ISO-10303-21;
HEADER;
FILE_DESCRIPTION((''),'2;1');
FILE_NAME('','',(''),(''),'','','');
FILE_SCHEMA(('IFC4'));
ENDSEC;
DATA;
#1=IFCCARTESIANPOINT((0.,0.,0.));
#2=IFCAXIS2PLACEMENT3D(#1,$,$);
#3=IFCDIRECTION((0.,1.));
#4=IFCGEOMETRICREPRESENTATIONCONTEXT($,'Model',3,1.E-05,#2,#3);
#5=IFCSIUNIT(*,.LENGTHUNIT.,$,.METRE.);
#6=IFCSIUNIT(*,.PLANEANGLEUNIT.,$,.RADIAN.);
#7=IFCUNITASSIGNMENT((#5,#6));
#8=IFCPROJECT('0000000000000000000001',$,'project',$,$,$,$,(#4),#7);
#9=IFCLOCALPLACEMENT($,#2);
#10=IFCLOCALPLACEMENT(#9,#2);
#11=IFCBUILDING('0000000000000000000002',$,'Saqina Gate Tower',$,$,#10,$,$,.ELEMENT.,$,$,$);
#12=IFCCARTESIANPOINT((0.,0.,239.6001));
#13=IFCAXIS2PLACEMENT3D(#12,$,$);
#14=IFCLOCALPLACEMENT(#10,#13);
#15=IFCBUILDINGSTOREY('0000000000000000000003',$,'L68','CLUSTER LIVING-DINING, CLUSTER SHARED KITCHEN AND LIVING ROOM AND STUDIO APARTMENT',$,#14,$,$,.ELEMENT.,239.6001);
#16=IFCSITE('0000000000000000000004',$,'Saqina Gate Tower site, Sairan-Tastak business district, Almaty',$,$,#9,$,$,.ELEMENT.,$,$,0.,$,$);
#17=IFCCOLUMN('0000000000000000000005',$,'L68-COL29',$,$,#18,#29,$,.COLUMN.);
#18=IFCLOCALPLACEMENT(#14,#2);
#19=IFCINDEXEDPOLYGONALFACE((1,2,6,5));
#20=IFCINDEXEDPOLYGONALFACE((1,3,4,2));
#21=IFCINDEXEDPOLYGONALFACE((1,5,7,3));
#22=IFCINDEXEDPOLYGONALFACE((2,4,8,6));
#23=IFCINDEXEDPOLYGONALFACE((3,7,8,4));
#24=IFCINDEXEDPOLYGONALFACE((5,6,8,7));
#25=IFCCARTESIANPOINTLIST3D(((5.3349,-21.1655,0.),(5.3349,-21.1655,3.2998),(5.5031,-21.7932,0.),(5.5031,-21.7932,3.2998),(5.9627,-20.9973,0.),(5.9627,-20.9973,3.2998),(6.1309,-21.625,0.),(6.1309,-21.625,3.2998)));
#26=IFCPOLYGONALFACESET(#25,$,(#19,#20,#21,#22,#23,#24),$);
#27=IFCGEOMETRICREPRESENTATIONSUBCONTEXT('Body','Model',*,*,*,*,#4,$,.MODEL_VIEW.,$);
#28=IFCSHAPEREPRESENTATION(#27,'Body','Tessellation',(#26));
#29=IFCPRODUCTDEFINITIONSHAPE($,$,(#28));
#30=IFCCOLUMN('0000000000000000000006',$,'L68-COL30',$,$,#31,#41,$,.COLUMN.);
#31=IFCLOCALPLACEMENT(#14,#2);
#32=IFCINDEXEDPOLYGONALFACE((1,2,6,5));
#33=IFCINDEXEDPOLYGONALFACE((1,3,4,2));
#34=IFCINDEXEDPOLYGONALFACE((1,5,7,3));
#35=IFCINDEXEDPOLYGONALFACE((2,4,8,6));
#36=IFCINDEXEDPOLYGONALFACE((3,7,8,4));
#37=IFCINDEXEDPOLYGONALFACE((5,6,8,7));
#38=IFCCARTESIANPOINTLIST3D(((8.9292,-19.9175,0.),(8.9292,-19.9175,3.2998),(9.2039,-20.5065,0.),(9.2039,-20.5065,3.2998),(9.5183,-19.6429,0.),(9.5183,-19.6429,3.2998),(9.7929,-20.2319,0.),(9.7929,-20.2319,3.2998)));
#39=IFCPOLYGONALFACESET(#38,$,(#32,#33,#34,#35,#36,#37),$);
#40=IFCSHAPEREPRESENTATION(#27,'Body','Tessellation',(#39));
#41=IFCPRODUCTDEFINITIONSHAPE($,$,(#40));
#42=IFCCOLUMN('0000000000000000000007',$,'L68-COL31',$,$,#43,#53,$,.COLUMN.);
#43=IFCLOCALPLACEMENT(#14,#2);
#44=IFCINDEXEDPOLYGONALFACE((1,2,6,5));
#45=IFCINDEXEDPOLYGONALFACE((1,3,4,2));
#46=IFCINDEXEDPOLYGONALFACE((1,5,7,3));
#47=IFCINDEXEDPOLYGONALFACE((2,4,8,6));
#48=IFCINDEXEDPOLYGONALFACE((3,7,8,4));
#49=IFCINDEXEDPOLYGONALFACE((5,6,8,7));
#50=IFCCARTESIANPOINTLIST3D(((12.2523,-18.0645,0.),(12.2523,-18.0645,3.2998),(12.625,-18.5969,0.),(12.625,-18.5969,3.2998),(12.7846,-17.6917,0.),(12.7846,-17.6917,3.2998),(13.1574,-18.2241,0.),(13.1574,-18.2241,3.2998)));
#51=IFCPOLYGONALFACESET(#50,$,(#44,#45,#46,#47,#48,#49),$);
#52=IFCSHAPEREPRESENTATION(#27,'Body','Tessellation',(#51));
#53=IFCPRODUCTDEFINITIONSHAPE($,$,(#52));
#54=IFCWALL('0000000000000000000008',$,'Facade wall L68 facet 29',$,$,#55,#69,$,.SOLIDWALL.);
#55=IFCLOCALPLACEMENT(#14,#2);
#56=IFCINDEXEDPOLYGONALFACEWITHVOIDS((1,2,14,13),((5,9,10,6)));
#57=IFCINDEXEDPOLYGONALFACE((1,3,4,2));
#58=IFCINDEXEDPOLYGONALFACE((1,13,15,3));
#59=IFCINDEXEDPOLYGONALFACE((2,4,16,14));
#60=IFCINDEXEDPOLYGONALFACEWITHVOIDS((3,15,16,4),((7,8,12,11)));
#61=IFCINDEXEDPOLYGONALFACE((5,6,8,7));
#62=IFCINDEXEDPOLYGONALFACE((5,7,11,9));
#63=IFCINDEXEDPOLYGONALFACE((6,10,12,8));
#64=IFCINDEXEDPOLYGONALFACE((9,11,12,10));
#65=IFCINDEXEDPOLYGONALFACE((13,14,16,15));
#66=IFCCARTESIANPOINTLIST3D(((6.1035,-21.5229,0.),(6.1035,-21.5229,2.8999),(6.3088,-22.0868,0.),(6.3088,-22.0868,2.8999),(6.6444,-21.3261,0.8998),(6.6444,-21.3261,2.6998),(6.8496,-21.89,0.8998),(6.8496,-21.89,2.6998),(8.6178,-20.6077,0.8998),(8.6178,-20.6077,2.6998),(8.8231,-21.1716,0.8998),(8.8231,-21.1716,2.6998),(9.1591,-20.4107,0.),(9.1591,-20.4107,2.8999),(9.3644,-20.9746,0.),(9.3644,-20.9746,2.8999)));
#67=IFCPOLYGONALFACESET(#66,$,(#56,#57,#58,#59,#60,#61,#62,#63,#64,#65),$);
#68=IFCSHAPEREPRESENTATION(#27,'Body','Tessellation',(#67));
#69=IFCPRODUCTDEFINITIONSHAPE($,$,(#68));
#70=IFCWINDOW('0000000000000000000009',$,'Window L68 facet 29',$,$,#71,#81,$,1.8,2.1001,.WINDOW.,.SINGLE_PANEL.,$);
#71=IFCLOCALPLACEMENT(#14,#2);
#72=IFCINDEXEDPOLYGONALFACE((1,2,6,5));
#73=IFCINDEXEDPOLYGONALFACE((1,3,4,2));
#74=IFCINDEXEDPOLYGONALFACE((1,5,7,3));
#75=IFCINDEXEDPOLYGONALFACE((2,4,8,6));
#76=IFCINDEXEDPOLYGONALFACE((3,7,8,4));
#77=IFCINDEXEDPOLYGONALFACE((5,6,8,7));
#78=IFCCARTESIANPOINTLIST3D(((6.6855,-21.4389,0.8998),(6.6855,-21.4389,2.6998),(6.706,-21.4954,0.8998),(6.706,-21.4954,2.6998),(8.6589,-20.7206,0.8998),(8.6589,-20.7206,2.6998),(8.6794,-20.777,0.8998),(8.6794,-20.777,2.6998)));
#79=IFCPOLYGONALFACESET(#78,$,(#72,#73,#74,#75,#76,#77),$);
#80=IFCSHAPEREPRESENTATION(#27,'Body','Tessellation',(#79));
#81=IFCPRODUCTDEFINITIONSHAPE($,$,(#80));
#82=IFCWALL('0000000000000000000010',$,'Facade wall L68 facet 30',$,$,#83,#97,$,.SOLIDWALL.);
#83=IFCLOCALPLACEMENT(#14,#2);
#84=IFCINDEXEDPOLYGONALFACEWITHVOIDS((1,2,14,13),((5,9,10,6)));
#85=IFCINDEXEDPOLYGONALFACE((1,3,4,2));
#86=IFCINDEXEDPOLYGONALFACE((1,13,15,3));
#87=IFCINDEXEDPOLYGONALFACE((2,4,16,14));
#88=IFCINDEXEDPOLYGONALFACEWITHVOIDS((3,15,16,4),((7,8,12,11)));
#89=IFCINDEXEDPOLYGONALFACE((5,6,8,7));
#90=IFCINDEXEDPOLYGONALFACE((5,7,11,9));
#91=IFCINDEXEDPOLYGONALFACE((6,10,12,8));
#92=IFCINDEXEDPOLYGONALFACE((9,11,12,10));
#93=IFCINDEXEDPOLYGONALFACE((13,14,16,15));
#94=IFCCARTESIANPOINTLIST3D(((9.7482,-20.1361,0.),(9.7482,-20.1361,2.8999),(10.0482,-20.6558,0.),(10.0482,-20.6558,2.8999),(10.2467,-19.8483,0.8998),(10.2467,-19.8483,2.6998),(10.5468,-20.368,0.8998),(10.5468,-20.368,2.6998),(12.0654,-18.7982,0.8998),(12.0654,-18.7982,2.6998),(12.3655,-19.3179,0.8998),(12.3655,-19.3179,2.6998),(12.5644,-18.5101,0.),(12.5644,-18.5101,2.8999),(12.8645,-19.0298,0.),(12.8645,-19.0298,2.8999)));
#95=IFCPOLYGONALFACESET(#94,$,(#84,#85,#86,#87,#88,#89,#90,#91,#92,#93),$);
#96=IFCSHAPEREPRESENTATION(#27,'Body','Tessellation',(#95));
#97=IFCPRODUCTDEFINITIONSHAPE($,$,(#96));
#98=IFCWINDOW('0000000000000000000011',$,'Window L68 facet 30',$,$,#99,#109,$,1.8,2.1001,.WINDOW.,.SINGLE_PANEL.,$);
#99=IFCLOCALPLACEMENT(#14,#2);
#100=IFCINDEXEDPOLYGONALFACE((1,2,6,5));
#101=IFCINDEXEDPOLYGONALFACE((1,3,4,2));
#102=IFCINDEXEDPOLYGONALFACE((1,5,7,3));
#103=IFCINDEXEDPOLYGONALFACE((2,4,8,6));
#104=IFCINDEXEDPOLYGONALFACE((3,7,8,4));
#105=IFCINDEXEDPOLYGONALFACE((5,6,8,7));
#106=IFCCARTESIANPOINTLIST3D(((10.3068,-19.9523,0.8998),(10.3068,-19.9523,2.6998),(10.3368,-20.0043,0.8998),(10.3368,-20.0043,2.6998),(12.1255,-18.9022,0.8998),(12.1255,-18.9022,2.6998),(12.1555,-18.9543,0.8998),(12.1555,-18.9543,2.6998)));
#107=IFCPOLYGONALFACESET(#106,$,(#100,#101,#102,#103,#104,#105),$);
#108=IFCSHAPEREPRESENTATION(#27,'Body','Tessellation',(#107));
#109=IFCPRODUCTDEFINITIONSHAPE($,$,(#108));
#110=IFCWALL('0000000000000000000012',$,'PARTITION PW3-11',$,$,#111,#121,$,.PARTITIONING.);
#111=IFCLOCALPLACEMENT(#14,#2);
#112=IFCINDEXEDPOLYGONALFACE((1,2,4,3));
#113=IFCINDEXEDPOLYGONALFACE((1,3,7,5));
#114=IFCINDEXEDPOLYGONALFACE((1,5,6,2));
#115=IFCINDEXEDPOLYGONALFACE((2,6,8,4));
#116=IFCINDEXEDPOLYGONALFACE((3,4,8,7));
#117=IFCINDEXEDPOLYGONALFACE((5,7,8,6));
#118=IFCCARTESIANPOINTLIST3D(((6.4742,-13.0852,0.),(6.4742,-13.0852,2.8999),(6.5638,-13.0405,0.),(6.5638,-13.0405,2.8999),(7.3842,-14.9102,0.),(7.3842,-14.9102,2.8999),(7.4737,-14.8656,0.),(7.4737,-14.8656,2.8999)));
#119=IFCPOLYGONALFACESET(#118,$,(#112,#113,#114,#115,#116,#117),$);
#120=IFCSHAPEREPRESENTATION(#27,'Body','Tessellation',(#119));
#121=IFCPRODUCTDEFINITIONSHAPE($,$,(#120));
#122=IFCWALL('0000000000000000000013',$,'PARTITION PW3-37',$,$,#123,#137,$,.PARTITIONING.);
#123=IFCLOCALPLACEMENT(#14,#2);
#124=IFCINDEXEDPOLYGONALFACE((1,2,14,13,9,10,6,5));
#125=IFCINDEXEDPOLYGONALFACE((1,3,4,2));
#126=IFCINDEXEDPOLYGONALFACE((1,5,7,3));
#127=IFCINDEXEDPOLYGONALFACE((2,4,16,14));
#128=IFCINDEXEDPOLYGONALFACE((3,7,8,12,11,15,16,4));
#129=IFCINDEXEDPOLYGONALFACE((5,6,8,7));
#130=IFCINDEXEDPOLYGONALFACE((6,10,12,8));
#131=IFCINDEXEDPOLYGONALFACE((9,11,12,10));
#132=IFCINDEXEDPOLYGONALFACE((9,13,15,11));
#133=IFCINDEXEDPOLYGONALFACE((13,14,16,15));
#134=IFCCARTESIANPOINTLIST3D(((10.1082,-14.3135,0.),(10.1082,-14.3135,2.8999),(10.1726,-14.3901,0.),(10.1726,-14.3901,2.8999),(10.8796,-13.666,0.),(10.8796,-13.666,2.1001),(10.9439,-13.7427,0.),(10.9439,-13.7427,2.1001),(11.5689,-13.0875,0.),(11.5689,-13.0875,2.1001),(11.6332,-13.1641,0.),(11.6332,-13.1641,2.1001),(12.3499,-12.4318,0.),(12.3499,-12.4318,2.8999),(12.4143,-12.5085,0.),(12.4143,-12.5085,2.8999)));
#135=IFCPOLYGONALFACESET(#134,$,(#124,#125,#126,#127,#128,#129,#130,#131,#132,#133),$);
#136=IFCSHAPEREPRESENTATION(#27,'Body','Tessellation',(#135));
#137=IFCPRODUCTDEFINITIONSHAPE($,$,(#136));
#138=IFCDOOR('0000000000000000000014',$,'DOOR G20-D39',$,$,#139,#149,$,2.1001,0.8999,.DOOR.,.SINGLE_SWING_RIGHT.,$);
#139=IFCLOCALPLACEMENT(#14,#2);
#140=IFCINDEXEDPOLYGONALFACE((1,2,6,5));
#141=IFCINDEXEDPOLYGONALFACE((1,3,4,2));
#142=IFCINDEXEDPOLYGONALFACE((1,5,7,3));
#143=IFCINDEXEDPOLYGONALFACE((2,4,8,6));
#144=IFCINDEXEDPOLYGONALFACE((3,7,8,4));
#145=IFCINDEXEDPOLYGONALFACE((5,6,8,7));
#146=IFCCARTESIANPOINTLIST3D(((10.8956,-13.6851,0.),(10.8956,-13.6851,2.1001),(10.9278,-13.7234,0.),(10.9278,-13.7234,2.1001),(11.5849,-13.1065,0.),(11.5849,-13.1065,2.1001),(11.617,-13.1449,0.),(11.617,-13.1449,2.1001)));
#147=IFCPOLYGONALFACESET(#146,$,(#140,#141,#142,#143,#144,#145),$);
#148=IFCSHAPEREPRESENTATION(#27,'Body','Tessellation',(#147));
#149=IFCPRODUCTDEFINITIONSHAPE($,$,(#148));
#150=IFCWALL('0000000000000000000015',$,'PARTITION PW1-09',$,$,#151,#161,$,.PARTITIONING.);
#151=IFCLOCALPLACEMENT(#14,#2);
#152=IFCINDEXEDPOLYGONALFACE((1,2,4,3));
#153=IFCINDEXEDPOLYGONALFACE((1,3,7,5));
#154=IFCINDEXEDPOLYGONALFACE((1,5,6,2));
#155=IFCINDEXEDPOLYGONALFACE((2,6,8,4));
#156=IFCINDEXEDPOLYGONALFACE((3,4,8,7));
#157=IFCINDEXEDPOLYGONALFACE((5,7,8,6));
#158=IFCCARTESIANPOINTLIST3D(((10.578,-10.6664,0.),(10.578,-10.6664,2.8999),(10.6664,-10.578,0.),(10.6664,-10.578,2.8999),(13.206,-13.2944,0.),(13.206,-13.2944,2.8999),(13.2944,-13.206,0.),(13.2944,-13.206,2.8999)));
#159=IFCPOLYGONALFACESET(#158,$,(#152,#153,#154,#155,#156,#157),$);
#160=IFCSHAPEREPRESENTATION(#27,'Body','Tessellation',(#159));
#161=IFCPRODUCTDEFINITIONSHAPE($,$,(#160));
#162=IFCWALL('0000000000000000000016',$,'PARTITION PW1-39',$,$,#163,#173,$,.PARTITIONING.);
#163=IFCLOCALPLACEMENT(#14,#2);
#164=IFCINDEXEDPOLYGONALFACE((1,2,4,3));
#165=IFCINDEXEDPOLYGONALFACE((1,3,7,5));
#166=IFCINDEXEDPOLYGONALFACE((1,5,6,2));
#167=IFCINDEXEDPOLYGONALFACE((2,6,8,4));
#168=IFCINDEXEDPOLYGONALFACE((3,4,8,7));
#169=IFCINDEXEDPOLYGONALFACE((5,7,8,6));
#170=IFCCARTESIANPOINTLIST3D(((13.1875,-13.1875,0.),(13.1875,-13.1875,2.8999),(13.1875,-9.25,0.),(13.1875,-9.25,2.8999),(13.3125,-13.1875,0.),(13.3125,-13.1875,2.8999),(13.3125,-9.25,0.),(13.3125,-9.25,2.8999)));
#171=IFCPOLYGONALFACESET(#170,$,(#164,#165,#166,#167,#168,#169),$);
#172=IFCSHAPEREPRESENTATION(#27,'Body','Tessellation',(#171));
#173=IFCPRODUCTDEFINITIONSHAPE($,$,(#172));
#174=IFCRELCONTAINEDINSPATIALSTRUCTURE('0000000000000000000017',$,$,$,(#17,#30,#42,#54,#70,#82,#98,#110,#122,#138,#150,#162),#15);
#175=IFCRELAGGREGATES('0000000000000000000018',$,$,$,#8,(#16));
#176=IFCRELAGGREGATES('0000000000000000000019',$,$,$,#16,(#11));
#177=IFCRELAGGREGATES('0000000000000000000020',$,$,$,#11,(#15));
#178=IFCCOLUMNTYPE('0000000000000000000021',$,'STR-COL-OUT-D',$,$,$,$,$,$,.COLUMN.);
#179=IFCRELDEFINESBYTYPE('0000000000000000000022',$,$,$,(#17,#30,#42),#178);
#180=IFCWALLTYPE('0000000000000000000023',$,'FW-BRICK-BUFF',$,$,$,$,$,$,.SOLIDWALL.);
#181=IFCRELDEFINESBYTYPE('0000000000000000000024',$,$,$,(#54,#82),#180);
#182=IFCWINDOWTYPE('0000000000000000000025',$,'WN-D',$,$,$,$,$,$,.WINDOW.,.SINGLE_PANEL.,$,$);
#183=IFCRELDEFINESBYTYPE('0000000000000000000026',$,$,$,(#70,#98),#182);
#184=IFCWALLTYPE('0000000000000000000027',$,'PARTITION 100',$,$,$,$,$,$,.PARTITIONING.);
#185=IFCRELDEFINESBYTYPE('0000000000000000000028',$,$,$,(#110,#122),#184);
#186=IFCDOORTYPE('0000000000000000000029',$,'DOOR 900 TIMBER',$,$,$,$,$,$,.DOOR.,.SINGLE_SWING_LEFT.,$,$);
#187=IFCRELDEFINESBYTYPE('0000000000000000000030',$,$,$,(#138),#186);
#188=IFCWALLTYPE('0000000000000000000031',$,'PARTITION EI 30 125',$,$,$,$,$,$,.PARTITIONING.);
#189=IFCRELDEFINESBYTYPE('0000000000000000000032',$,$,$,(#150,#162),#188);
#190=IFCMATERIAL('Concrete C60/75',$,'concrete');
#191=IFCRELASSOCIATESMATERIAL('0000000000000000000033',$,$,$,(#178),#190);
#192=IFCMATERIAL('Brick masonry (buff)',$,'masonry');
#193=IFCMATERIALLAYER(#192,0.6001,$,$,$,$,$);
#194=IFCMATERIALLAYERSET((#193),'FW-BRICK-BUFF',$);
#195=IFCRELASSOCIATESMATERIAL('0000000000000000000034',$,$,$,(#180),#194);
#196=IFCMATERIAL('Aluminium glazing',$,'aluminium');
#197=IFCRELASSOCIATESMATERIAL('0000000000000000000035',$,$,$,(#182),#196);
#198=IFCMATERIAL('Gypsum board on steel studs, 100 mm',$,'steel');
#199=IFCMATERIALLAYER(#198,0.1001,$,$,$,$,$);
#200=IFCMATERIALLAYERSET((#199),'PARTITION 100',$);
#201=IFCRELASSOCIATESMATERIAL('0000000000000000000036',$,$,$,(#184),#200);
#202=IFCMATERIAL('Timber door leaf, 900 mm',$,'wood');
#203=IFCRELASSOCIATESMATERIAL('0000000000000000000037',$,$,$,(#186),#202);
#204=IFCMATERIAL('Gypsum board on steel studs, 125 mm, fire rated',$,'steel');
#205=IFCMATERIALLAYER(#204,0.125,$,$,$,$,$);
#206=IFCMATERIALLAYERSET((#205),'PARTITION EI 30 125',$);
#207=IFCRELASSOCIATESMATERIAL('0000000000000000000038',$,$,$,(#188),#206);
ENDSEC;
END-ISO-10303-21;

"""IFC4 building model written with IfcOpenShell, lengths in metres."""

from ifc_helpers import new_model, si_unit, direction, frame, frame_2d, origin, origin_2d, place, context, subcontext, project, spatial, rectangle, extrude, material, layer, layer_set, material_profile, profile_set, type_object, element, fill, save


model = new_model("IFC4")

# Units and contexts
model_context = context("Model", 3, precision=1e-05, world=origin(), true_north=direction((0.0, 1.0)))
body_context = subcontext(model_context, "Body", "Model", "MODEL_VIEW")
ifc_project = project(units=[si_unit("LENGTHUNIT", "METRE"), si_unit("PLANEANGLEUNIT", "RADIAN")], contexts=[model_context])

# Site, building, storey
site_placement = place(None, origin())
site = spatial("IfcSite", under=ifc_project, at=site_placement, Name="Saqina Gate Tower site, Sairan-Tastak business district, Almaty", CompositionType="ELEMENT", RefElevation=0.0)
building_placement = place(site_placement, origin())
building = spatial("IfcBuilding", under=site, at=building_placement, Name="Saqina Gate Tower", CompositionType="ELEMENT")
storey_placement = place(building_placement, frame((0.0, 0.0, 239.6001)))
storey = spatial("IfcBuildingStorey", under=building, at=storey_placement, Name="L68", Description="CLUSTER LIVING-DINING, CLUSTER SHARED KITCHEN AND LIVING ROOM AND STUDIO APARTMENT", CompositionType="ELEMENT", Elevation=239.6001)

# Columns
ifc_material_1 = material(Name="Concrete C60/75", Category="concrete")
ifc_material_profile = material_profile(ifc_material_1, rectangle(XDim=0.6499, YDim=0.6499, at=origin_2d()), Name="RC 650x650")
ifc_profile_set = profile_set([ifc_material_profile], Name="Concrete C60/75")
column_type = type_object("IfcColumnType", Name="STR-COL-OUT-D", PredefinedType="COLUMN", material=ifc_profile_set)
for number, where, z_axis, x_axis, name in (
    (1, (5.7329, -21.3953, 0.0), (0.0, 0.0, 1.0), (0.258819, -0.965926, 0.0), "L68-COL29"),
    (2, (9.3611, -20.0747, 0.0), (0.0, 0.0, 1.0), (0.422618, -0.906308, 0.0), "L68-COL30"),
    (3, (12.7048, -18.1443, 0.0), (0.0, 0.0, 1.0), (0.573576, -0.819152, 0.0), "L68-COL31"),
):
    element("IfcColumn", number, at=place(storey_placement, frame(where, z_axis=z_axis, x_axis=x_axis)), inside=storey, type_object=column_type, Name=name, PredefinedType="COLUMN", context=body_context, shape_type="SweptSolid", body=[
        extrude(rectangle(XDim=0.6499, YDim=0.6499, at=origin_2d()), origin(), (0.0, 0.0, 1.0), 3.2998),
    ])

# Walls, openings, windows
ifc_material_2 = material(Name="Brick masonry (buff)", Category="masonry")
ifc_layer_1 = layer(ifc_material_2, 0.6001)
ifc_layer_set_1 = layer_set([ifc_layer_1], Name="FW-BRICK-BUFF")
wall_type_1 = type_object("IfcWallType", Name="FW-BRICK-BUFF", PredefinedType="SOLIDWALL", material=ifc_layer_set_1)
wall_1_placement = place(storey_placement, frame((6.2061, -21.8049, 0.0), z_axis=(0.0, 0.0, 1.0), x_axis=(0.939679, 0.342057, 0.0)))
wall_1 = element("IfcWall", 4, at=wall_1_placement, inside=storey, type_object=wall_type_1, Name="Facade wall L68 facet 29", PredefinedType="SOLIDWALL", context=body_context, shape_type="SweptSolid", body=[
    extrude(rectangle(XDim=3.2517, YDim=0.6001, at=frame_2d((1.626, 0.0))), origin(), (0.0, 0.0, 1.0), 2.8999),
])
opening_1_placement = place(wall_1_placement, frame((0.5757, 0.0, 0.8999)))
opening_1 = element("IfcOpeningElement", 5, at=opening_1_placement, cuts=wall_1, PredefinedType="OPENING", context=body_context, shape_type="SweptSolid", body=[
    extrude(rectangle(XDim=2.1001, YDim=1.8, at=frame_2d((1.05, 0.8999))), frame((0.0, 0.312, 0.0), z_axis=(0.0, -1.0, 0.0), x_axis=(1.0, 0.0, 0.0)), (0.0, 0.0, 1.0), 0.624),
])
ifc_material_3 = material(Name="Aluminium glazing", Category="aluminium")
window_type = type_object("IfcWindowType", Name="WN-D", PartitioningType="SINGLE_PANEL", PredefinedType="WINDOW", material=ifc_material_3)
window_1_placement = place(opening_1_placement, origin())
window_1 = element("IfcWindow", 6, at=window_1_placement, inside=storey, type_object=window_type, Name="Window L68 facet 29", OverallHeight=1.8, OverallWidth=2.1001, PartitioningType="SINGLE_PANEL", PredefinedType="WINDOW", context=body_context, shape_type="SweptSolid", body=[
    extrude(rectangle(XDim=2.1001, YDim=1.8, at=frame_2d((1.05, 0.8999))), frame((0.0, 0.1799, 0.0), z_axis=(0.0, -1.0, 0.0), x_axis=(1.0, 0.0, 0.0)), (0.0, 0.0, 1.0), 0.0601),
])
fill(opening_1, window_1)
wall_2_placement = place(storey_placement, frame((9.8982, -20.396, 0.0), z_axis=(0.0, 0.0, 1.0), x_axis=(0.866017, 0.500015, 0.0)))
wall_2 = element("IfcWall", 7, at=wall_2_placement, inside=storey, type_object=wall_type_1, Name="Facade wall L68 facet 30", PredefinedType="SOLIDWALL", context=body_context, shape_type="SweptSolid", body=[
    extrude(rectangle(XDim=3.252, YDim=0.6001, at=frame_2d((1.626, 0.0))), origin(), (0.0, 0.0, 1.0), 2.8999),
])
opening_2_placement = place(wall_2_placement, frame((0.5757, 0.0, 0.8999)))
opening_2 = element("IfcOpeningElement", 8, at=opening_2_placement, cuts=wall_2, PredefinedType="OPENING", context=body_context, shape_type="SweptSolid", body=[
    extrude(rectangle(XDim=2.1001, YDim=1.8, at=frame_2d((1.05, 0.8999))), frame((0.0, 0.312, 0.0), z_axis=(0.0, -1.0, 0.0), x_axis=(1.0, 0.0, 0.0)), (0.0, 0.0, 1.0), 0.624),
])
window_2_placement = place(opening_2_placement, origin())
window_2 = element("IfcWindow", 9, at=window_2_placement, inside=storey, type_object=window_type, Name="Window L68 facet 30", OverallHeight=1.8, OverallWidth=2.1001, PartitioningType="SINGLE_PANEL", PredefinedType="WINDOW", context=body_context, shape_type="SweptSolid", body=[
    extrude(rectangle(XDim=2.1001, YDim=1.8, at=frame_2d((1.05, 0.8999))), frame((0.0, 0.1799, 0.0), z_axis=(0.0, -1.0, 0.0), x_axis=(1.0, 0.0, 0.0)), (0.0, 0.0, 1.0), 0.0601),
])
fill(opening_2, window_2)

# Wall
ifc_material_4 = material(Name="Gypsum board on steel studs, 100 mm", Category="steel")
ifc_layer_2 = layer(ifc_material_4, 0.1001)
ifc_layer_set_2 = layer_set([ifc_layer_2], Name="PARTITION 100")
wall_type_2 = type_object("IfcWallType", Name="PARTITION 100", PredefinedType="PARTITIONING", material=ifc_layer_set_2)
wall_3_placement = place(storey_placement, frame((6.519, -13.063, 0.0), z_axis=(0.0, 0.0, 1.0), x_axis=(0.446208, -0.894929, 0.0)))
element("IfcWall", 10, at=wall_3_placement, inside=storey, type_object=wall_type_2, Name="PARTITION PW3-11", PredefinedType="PARTITIONING", context=body_context, shape_type="SweptSolid", body=[
    extrude(rectangle(XDim=2.0393, YDim=0.1001, at=frame_2d((1.0195, 0.0))), origin(), (0.0, 0.0, 1.0), 2.8999),
])

# Wall, opening, door
wall_4_placement = place(storey_placement, frame((10.1404, -14.3518, 0.0), z_axis=(0.0, 0.0, 1.0), x_axis=(0.765946, 0.642904, 0.0)))
wall_4 = element("IfcWall", 11, at=wall_4_placement, inside=storey, type_object=wall_type_2, Name="PARTITION PW3-37", PredefinedType="PARTITIONING", context=body_context, shape_type="SweptSolid", body=[
    extrude(rectangle(XDim=2.9268, YDim=0.1001, at=frame_2d((1.4634, 0.0))), origin(), (0.0, 0.0, 1.0), 2.8999),
])
opening_3_placement = place(wall_4_placement, frame((1.0071, 0.0, 0.0)))
opening_3 = element("IfcOpeningElement", 12, at=opening_3_placement, cuts=wall_4, PredefinedType="OPENING", context=body_context, shape_type="SweptSolid", body=[
    extrude(rectangle(XDim=0.8999, YDim=2.1001, at=frame_2d((0.45, 1.05))), frame((0.0, 0.062, 0.0), z_axis=(0.0, -1.0, 0.0), x_axis=(1.0, 0.0, 0.0)), (0.0, 0.0, 1.0), 0.124),
])
ifc_material_5 = material(Name="Timber door leaf, 900 mm", Category="wood")
door_type = type_object("IfcDoorType", Name="DOOR 900 TIMBER", OperationType="SINGLE_SWING_LEFT", PredefinedType="DOOR", material=ifc_material_5)
door_placement = place(opening_3_placement, frame((0.8999, 0.0, 0.0), z_axis=(0.0, 0.0, 1.0), x_axis=(-1.0, 0.0, 0.0)))
door = element("IfcDoor", 13, at=door_placement, inside=storey, type_object=door_type, Name="DOOR G20-D39", OperationType="SINGLE_SWING_RIGHT", OverallHeight=2.1001, OverallWidth=0.8999, PredefinedType="DOOR", context=body_context, shape_type="SweptSolid", body=[
    extrude(rectangle(XDim=0.8999, YDim=2.1001, at=frame_2d((0.45, 1.05))), frame((0.0, 0.0249, 0.0), z_axis=(0.0, -1.0, 0.0), x_axis=(1.0, 0.0, 0.0)), (0.0, 0.0, 1.0), 0.05),
])
fill(opening_3, door)

# Walls
ifc_material_6 = material(Name="Gypsum board on steel studs, 125 mm, fire rated", Category="steel")
ifc_layer_3 = layer(ifc_material_6, 0.125)
ifc_layer_set_3 = layer_set([ifc_layer_3], Name="PARTITION EI 30 125")
wall_type_3 = type_object("IfcWallType", Name="PARTITION EI 30 125", PredefinedType="PARTITIONING", material=ifc_layer_set_3)
wall_5_placement = place(storey_placement, frame((10.6221, -10.6221, 0.0), z_axis=(0.0, 0.0, 1.0), x_axis=(0.707107, -0.707107, 0.0)))
element("IfcWall", 14, at=wall_5_placement, inside=storey, type_object=wall_type_3, Name="PARTITION PW1-09", PredefinedType="PARTITIONING", context=body_context, shape_type="SweptSolid", body=[
    extrude(rectangle(XDim=3.7166, YDim=0.125, at=frame_2d((1.8584, 0.0))), origin(), (0.0, 0.0, 1.0), 2.8999),
])
wall_6_placement = place(storey_placement, frame((13.25, -13.1875, 0.0), z_axis=(0.0, 0.0, 1.0), x_axis=(0.0, 1.0, 0.0)))
element("IfcWall", 15, at=wall_6_placement, inside=storey, type_object=wall_type_3, Name="PARTITION PW1-39", PredefinedType="PARTITIONING", context=body_context, shape_type="SweptSolid", body=[
    extrude(rectangle(XDim=3.9375, YDim=0.125, at=frame_2d((1.9688, 0.0))), origin(), (0.0, 0.0, 1.0), 2.8999),
])

save(model, "model.ifc")
